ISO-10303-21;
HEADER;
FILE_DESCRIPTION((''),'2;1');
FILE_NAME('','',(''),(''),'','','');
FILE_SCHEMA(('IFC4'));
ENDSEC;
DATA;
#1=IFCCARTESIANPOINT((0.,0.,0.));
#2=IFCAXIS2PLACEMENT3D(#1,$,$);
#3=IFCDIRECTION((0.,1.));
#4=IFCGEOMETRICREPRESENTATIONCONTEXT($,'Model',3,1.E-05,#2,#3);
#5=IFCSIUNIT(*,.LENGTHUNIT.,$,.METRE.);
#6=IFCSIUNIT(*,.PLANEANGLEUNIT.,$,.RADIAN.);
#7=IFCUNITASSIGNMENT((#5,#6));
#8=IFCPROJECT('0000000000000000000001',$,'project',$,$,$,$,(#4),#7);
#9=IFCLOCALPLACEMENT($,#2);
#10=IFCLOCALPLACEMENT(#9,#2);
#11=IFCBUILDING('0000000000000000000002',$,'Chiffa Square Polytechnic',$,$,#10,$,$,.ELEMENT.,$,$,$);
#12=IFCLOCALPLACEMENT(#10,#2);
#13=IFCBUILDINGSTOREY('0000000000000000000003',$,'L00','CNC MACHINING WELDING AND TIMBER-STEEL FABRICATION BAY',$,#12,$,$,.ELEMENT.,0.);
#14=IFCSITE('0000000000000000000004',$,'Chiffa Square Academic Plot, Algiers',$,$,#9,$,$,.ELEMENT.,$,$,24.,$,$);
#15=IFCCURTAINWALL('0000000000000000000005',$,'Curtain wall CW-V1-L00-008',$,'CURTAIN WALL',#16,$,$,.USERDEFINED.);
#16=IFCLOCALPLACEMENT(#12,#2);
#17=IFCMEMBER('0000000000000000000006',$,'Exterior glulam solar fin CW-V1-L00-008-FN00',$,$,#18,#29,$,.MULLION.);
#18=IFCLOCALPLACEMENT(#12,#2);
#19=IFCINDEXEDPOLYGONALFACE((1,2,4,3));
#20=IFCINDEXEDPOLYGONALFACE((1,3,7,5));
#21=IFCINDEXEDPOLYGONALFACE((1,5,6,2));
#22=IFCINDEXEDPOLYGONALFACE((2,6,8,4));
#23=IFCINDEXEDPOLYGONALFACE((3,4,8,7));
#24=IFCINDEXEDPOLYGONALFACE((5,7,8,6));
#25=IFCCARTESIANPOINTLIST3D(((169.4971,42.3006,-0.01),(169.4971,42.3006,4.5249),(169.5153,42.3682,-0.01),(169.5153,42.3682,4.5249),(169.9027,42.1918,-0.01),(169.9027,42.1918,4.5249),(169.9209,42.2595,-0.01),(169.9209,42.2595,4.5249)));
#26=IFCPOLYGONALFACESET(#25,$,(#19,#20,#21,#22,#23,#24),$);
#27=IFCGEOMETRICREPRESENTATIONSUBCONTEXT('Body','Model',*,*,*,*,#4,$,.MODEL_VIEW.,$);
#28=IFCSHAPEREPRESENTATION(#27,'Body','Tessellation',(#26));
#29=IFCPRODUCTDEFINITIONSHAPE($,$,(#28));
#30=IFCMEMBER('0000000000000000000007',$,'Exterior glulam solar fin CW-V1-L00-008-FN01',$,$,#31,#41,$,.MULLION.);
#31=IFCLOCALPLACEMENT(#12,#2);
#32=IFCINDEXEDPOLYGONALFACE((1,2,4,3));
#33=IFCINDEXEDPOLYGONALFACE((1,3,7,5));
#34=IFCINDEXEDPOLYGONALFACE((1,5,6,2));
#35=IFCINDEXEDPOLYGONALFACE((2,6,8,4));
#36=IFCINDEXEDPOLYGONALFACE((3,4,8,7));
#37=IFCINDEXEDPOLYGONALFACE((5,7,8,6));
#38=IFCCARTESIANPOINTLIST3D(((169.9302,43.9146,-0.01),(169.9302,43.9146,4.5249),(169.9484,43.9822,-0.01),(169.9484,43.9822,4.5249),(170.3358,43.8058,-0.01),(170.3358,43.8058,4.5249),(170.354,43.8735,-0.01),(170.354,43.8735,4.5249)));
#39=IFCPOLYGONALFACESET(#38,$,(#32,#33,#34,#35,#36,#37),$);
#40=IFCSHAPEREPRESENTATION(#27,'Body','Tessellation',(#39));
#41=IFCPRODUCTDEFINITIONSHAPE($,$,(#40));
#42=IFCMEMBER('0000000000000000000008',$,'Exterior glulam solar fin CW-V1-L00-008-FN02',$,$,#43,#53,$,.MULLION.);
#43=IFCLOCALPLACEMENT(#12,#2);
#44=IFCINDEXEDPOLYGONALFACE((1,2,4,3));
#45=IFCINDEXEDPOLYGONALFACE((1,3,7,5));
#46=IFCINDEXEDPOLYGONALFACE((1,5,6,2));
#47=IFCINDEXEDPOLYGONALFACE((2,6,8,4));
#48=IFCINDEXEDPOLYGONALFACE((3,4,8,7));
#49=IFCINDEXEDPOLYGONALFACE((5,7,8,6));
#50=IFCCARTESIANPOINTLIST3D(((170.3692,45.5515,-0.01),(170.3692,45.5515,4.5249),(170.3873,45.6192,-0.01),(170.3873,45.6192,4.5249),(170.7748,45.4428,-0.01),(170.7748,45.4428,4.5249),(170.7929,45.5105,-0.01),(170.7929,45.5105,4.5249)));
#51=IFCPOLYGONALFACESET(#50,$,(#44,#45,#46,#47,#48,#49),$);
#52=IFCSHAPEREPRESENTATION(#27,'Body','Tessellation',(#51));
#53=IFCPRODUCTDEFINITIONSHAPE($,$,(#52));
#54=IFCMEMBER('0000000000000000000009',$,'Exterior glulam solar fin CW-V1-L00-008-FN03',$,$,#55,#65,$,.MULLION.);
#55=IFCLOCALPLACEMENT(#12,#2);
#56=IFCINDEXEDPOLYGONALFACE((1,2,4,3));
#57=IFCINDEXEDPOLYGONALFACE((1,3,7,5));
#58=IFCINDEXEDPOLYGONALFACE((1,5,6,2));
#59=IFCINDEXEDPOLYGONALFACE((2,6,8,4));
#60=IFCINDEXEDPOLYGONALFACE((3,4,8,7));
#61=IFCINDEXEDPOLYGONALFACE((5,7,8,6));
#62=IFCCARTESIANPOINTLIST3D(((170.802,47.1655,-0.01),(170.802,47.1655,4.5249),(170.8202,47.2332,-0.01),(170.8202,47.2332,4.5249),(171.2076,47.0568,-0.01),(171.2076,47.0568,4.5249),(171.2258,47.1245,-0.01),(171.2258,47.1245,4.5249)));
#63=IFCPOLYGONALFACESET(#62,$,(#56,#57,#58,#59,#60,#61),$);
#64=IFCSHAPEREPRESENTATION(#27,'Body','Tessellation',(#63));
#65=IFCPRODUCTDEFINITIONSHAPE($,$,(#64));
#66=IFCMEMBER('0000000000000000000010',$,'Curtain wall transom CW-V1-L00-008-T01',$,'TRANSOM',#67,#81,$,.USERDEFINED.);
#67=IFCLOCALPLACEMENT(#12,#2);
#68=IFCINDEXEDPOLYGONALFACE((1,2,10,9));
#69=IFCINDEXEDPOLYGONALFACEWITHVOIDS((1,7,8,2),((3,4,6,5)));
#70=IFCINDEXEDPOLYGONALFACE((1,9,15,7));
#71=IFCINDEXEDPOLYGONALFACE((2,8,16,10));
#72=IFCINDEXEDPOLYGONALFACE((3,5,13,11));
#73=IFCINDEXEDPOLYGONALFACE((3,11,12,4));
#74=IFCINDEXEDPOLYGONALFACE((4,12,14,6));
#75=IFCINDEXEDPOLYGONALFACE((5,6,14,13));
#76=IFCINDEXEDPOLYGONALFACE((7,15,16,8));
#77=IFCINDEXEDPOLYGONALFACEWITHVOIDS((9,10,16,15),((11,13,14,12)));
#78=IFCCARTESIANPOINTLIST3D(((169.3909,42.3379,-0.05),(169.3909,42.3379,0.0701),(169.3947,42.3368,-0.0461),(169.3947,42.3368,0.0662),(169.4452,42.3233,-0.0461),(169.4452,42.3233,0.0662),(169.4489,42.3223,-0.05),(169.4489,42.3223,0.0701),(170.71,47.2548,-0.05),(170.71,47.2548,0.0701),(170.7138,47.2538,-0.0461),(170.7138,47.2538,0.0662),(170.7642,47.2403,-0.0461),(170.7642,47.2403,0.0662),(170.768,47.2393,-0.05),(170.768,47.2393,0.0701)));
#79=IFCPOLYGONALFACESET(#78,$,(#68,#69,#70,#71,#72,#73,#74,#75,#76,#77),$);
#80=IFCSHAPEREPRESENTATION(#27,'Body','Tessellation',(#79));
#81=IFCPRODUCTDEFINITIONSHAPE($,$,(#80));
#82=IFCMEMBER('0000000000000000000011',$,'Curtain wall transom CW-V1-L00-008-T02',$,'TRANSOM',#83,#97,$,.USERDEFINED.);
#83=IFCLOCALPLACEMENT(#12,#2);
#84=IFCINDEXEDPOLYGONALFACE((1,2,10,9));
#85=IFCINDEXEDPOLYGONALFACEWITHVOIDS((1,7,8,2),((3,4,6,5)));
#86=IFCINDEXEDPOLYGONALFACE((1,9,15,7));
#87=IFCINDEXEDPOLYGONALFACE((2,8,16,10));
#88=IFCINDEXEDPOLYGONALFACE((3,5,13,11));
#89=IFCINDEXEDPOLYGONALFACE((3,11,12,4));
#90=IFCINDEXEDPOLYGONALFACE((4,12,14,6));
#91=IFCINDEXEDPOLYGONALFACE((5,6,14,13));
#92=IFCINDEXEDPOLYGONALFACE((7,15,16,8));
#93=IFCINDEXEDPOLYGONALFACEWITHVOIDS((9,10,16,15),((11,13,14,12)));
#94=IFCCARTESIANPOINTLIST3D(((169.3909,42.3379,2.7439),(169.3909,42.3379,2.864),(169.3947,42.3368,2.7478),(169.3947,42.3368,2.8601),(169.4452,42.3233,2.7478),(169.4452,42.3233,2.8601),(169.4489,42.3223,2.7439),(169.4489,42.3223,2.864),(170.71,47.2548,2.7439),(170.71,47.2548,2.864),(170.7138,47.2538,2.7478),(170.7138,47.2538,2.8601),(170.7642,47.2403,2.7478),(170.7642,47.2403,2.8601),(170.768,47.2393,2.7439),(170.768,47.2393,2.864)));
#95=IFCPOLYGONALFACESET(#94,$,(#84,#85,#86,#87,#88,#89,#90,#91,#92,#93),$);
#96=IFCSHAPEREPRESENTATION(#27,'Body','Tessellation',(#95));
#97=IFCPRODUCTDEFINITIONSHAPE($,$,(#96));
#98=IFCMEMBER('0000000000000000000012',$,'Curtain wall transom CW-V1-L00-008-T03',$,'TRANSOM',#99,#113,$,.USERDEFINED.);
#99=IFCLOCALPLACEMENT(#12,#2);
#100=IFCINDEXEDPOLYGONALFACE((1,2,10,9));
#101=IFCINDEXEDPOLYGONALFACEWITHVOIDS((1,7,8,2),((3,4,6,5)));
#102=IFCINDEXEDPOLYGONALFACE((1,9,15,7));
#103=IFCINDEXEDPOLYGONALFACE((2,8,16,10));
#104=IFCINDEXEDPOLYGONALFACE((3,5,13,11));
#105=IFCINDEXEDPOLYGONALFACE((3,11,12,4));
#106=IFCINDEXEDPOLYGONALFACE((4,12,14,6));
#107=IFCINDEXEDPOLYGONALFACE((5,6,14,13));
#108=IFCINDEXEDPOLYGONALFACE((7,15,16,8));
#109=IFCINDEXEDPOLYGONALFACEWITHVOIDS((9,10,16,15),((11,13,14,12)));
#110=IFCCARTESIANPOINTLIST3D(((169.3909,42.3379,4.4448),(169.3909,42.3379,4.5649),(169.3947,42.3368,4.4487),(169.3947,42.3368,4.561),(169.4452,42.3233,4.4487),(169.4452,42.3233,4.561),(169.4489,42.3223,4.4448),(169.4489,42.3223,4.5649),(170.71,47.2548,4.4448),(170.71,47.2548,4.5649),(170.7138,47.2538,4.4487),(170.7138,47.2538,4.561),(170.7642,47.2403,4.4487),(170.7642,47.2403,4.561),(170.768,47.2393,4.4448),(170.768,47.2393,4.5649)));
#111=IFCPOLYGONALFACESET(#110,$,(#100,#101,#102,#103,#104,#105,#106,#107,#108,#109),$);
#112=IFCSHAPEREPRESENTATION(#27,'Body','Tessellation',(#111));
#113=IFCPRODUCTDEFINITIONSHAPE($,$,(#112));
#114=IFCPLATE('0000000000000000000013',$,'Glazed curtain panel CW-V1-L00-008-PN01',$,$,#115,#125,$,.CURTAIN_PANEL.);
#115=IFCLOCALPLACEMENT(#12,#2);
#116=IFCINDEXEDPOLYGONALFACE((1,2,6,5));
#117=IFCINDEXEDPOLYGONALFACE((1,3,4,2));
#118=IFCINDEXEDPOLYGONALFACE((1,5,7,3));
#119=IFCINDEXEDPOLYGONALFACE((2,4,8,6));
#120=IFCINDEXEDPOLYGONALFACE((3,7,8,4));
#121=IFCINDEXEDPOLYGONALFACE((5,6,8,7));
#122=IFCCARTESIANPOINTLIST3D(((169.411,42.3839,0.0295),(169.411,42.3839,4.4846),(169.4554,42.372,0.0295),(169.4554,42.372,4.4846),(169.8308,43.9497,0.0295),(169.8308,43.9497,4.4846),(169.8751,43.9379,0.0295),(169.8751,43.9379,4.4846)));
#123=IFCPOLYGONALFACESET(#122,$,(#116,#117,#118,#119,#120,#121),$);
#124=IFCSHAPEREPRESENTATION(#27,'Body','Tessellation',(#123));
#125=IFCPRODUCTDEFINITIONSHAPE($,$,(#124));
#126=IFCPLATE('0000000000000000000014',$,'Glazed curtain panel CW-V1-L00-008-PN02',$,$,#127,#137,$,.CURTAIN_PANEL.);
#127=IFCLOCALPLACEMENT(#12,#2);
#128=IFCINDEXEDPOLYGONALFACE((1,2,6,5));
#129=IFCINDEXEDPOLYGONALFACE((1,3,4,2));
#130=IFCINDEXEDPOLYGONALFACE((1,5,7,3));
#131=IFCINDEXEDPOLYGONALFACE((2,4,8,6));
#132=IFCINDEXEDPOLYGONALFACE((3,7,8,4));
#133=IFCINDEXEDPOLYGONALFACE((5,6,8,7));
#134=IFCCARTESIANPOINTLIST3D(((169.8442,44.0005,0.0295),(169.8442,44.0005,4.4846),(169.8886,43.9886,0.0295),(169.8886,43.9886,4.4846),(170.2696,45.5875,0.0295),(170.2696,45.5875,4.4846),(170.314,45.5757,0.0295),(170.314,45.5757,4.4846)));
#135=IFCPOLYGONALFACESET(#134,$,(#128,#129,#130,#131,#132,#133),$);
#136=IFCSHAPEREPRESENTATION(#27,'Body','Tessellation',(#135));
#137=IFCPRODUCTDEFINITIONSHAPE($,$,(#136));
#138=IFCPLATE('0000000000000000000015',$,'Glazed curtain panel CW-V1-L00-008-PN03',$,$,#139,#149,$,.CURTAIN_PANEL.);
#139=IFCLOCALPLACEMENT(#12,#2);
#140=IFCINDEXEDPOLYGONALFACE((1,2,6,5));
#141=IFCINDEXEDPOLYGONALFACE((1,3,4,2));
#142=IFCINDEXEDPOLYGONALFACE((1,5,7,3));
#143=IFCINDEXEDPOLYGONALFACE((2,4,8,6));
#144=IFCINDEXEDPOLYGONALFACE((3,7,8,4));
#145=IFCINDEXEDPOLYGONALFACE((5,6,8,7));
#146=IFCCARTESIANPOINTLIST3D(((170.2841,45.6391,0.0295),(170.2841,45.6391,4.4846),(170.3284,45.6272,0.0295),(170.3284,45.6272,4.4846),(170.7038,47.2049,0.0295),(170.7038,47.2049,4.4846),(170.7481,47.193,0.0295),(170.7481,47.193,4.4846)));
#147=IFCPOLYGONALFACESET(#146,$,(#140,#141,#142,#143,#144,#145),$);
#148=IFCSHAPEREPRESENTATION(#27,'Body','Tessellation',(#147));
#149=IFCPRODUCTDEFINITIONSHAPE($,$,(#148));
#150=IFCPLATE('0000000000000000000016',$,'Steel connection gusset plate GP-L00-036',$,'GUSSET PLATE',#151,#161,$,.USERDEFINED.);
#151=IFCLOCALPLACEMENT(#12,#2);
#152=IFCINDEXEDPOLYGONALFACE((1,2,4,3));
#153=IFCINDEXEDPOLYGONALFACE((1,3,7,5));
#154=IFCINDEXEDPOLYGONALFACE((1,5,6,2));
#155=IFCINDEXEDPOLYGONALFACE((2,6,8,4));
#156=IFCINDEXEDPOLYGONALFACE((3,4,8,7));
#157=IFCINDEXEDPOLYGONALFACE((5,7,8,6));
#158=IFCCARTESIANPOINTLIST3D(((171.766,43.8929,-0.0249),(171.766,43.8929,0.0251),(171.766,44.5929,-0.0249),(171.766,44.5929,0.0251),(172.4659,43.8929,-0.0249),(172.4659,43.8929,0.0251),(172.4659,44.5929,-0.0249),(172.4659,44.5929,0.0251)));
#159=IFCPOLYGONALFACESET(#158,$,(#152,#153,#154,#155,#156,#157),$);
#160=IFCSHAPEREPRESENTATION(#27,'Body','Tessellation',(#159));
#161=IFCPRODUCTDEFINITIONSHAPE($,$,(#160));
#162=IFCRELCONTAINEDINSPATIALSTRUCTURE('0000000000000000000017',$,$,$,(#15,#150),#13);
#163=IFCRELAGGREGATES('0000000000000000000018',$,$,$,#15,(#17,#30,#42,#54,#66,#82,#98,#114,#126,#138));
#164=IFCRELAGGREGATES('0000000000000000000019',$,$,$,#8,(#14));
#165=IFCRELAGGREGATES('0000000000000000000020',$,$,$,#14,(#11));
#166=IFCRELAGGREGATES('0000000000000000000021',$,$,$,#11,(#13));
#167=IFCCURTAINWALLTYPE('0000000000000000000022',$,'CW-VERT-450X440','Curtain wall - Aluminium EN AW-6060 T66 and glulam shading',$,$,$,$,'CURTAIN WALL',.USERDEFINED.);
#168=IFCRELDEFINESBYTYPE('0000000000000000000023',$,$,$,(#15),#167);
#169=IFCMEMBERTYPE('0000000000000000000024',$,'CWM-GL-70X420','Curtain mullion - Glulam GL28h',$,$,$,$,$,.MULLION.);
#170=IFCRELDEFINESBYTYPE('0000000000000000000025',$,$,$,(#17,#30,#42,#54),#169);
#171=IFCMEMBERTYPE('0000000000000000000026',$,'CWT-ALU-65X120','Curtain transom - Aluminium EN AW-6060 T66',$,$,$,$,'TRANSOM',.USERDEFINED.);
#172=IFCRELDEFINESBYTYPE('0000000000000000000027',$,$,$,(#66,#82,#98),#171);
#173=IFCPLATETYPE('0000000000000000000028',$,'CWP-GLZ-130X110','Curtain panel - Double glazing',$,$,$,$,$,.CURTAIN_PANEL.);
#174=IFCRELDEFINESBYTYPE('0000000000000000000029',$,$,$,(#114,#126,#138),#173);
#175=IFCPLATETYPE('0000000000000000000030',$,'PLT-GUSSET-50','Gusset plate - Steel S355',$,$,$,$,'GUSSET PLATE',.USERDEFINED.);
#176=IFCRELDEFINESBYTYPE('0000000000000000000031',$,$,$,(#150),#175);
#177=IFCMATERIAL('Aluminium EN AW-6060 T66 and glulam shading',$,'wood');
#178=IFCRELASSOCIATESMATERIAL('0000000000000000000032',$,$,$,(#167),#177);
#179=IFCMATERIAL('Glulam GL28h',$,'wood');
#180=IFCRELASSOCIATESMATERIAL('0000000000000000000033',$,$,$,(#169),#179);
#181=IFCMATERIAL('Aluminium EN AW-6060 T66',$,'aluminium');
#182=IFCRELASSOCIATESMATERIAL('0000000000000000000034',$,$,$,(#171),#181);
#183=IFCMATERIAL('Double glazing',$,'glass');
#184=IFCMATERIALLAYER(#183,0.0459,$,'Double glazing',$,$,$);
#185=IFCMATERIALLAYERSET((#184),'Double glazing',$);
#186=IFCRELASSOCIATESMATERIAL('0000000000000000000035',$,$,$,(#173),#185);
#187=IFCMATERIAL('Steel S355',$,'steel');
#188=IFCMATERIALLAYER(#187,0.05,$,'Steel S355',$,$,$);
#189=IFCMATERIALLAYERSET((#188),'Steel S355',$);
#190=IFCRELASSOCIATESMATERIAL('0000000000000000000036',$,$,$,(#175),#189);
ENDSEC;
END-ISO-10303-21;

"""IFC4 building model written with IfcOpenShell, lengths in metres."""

from ifc_helpers import new_model, si_unit, direction, frame, origin, origin_2d, place, context, subcontext, project, spatial, rectangle, hollow_rectangle, extrude, material, layer, layer_set, material_profile, profile_set, type_object, element, aggregate, save


model = new_model("IFC4")

# Units and contexts
model_context = context("Model", 3, precision=1e-05, world=origin(), true_north=direction((0.0, 1.0)))
body_context = subcontext(model_context, "Body", "Model", "MODEL_VIEW")
ifc_project = project(units=[si_unit("LENGTHUNIT", "METRE"), si_unit("PLANEANGLEUNIT", "RADIAN")], contexts=[model_context])

# Site, building, storey
site_placement = place(None, origin())
site = spatial("IfcSite", under=ifc_project, at=site_placement, Name="Chiffa Square Academic Plot, Algiers", CompositionType="ELEMENT", RefElevation=24.0)
building_placement = place(site_placement, origin())
building = spatial("IfcBuilding", under=site, at=building_placement, Name="Chiffa Square Polytechnic", CompositionType="ELEMENT")
storey_placement = place(building_placement, origin())
storey = spatial("IfcBuildingStorey", under=building, at=storey_placement, Name="L00", Description="CNC MACHINING WELDING AND TIMBER-STEEL FABRICATION BAY", CompositionType="ELEMENT", Elevation=0.0)

# Shared definitions
ifc_material_1 = material(Name="Steel S355", Category="steel")

# Curtain wall, members, plates
ifc_material_2 = material(Name="Aluminium EN AW-6060 T66 and glulam shading", Category="wood")
curtain_wall_type = type_object("IfcCurtainWallType", Name="CW-VERT-450X440", Description="Curtain wall - Aluminium EN AW-6060 T66 and glulam shading", ElementType="CURTAIN WALL", PredefinedType="USERDEFINED", material=ifc_material_2)
curtain_wall_placement = place(storey_placement, origin())
curtain_wall = element("IfcCurtainWall", 1, at=curtain_wall_placement, inside=storey, type_object=curtain_wall_type, Name="Curtain wall CW-V1-L00-008", ObjectType="CURTAIN WALL", PredefinedType="USERDEFINED")
ifc_material_3 = material(Name="Aluminium EN AW-6060 T66", Category="aluminium")
ifc_material_4 = material(Name="Glulam GL28h", Category="wood")
ifc_material_profile_1 = material_profile(ifc_material_4, rectangle(XDim=0.0701, YDim=0.4199, at=origin_2d()), Name="GL28h 70x420")
ifc_profile_set_1 = profile_set([ifc_material_profile_1], Name="Glulam GL28h")
member_type_1 = type_object("IfcMemberType", Name="CWM-GL-70X420", Description="Curtain mullion - Glulam GL28h", PredefinedType="MULLION", material=ifc_profile_set_1)
member_1_placement = place(storey_placement, frame((169.709, 42.28, -0.01), z_axis=(0.0, 0.0, 1.0), x_axis=(0.25892, 0.965899, 0.0)))
member_1 = element("IfcMember", 2, at=member_1_placement, type_object=member_type_1, Name="Exterior glulam solar fin CW-V1-L00-008-FN00", PredefinedType="MULLION", context=body_context, shape_type="SweptSolid", body=[
    extrude(rectangle(XDim=0.0701, YDim=0.4199, at=origin_2d()), origin(), (0.0, 0.0, 1.0), 4.5349),
])
member_2_placement = place(storey_placement, frame((170.1421, 43.894, -0.01), z_axis=(0.0, 0.0, 1.0), x_axis=(0.25892, 0.965899, 0.0)))
member_2 = element("IfcMember", 3, at=member_2_placement, type_object=member_type_1, Name="Exterior glulam solar fin CW-V1-L00-008-FN01", PredefinedType="MULLION", context=body_context, shape_type="SweptSolid", body=[
    extrude(rectangle(XDim=0.0701, YDim=0.4199, at=origin_2d()), origin(), (0.0, 0.0, 1.0), 4.5349),
])
member_3_placement = place(storey_placement, frame((170.5811, 45.531, -0.01), z_axis=(0.0, 0.0, 1.0), x_axis=(0.25892, 0.965899, 0.0)))
member_3 = element("IfcMember", 4, at=member_3_placement, type_object=member_type_1, Name="Exterior glulam solar fin CW-V1-L00-008-FN02", PredefinedType="MULLION", context=body_context, shape_type="SweptSolid", body=[
    extrude(rectangle(XDim=0.0701, YDim=0.4199, at=origin_2d()), origin(), (0.0, 0.0, 1.0), 4.5349),
])
member_4_placement = place(storey_placement, frame((171.0139, 47.145, -0.01), z_axis=(0.0, 0.0, 1.0), x_axis=(0.25892, 0.965899, 0.0)))
member_4 = element("IfcMember", 5, at=member_4_placement, type_object=member_type_1, Name="Exterior glulam solar fin CW-V1-L00-008-FN03", PredefinedType="MULLION", context=body_context, shape_type="SweptSolid", body=[
    extrude(rectangle(XDim=0.0701, YDim=0.4199, at=origin_2d()), origin(), (0.0, 0.0, 1.0), 4.5349),
])
ifc_material_profile_2 = material_profile(ifc_material_3, hollow_rectangle(XDim=0.0601, YDim=0.1201, WallThickness=0.0039, at=origin_2d()), Name="ALU 60x120x4")
ifc_profile_set_2 = profile_set([ifc_material_profile_2], Name="Aluminium EN AW-6060 T66")
member_type_2 = type_object("IfcMemberType", Name="CWT-ALU-65X120", Description="Curtain transom - Aluminium EN AW-6060 T66", ElementType="TRANSOM", PredefinedType="USERDEFINED", material=ifc_profile_set_2)
member_5_placement = place(storey_placement, frame((169.4199, 42.3301, 0.01), z_axis=(0.25911, 0.965848, 0.0), x_axis=(-0.965848, 0.25911, 0.0)))
member_5 = element("IfcMember", 6, at=member_5_placement, type_object=member_type_2, Name="Curtain wall transom CW-V1-L00-008-T01", ObjectType="TRANSOM", PredefinedType="USERDEFINED", context=body_context, shape_type="SweptSolid", body=[
    extrude(hollow_rectangle(XDim=0.0601, YDim=0.1201, WallThickness=0.0039, at=origin_2d()), origin(), (0.0, 0.0, 1.0), 5.0908),
])
member_6_placement = place(storey_placement, frame((169.4199, 42.3301, 2.804), z_axis=(0.25911, 0.965848, 0.0), x_axis=(-0.965848, 0.25911, 0.0)))
member_6 = element("IfcMember", 7, at=member_6_placement, type_object=member_type_2, Name="Curtain wall transom CW-V1-L00-008-T02", ObjectType="TRANSOM", PredefinedType="USERDEFINED", context=body_context, shape_type="SweptSolid", body=[
    extrude(hollow_rectangle(XDim=0.0601, YDim=0.1201, WallThickness=0.0039, at=origin_2d()), origin(), (0.0, 0.0, 1.0), 5.0908),
])
member_7_placement = place(storey_placement, frame((169.4199, 42.3301, 4.5049), z_axis=(0.25911, 0.965848, 0.0), x_axis=(-0.965848, 0.25911, 0.0)))
member_7 = element("IfcMember", 8, at=member_7_placement, type_object=member_type_2, Name="Curtain wall transom CW-V1-L00-008-T03", ObjectType="TRANSOM", PredefinedType="USERDEFINED", context=body_context, shape_type="SweptSolid", body=[
    extrude(hollow_rectangle(XDim=0.0601, YDim=0.1201, WallThickness=0.0039, at=origin_2d()), origin(), (0.0, 0.0, 1.0), 5.0908),
])
ifc_material_5 = material(Name="Double glazing", Category="glass")
ifc_layer_1 = layer(ifc_material_5, 0.0459, Name="Double glazing")
ifc_layer_set_1 = layer_set([ifc_layer_1], Name="Double glazing")
plate_type_1 = type_object("IfcPlateType", Name="CWP-GLZ-130X110", Description="Curtain panel - Double glazing", PredefinedType="CURTAIN_PANEL", material=ifc_layer_set_1)
plate_1_placement = place(storey_placement, frame((169.6431, 43.1609, 0.0295), z_axis=(0.0, 0.0, 1.0), x_axis=(0.25892, 0.965899, 0.0)))
plate_1 = element("IfcPlate", 9, at=plate_1_placement, type_object=plate_type_1, Name="Glazed curtain panel CW-V1-L00-008-PN01", PredefinedType="CURTAIN_PANEL", context=body_context, shape_type="SweptSolid", body=[
    extrude(rectangle(XDim=1.6211, YDim=0.0459, at=origin_2d()), origin(), (0.0, 0.0, 1.0), 4.4551),
])
plate_2_placement = place(storey_placement, frame((170.0791, 44.7881, 0.0295), z_axis=(0.0, 0.0, 1.0), x_axis=(0.25892, 0.965899, 0.0)))
plate_2 = element("IfcPlate", 10, at=plate_2_placement, type_object=plate_type_1, Name="Glazed curtain panel CW-V1-L00-008-PN02", PredefinedType="CURTAIN_PANEL", context=body_context, shape_type="SweptSolid", body=[
    extrude(rectangle(XDim=1.6431, YDim=0.0459, at=origin_2d()), origin(), (0.0, 0.0, 1.0), 4.4551),
])
plate_3_placement = place(storey_placement, frame((170.5161, 46.416, 0.0295), z_axis=(0.0, 0.0, 1.0), x_axis=(0.25892, 0.965899, 0.0)))
plate_3 = element("IfcPlate", 11, at=plate_3_placement, type_object=plate_type_1, Name="Glazed curtain panel CW-V1-L00-008-PN03", PredefinedType="CURTAIN_PANEL", context=body_context, shape_type="SweptSolid", body=[
    extrude(rectangle(XDim=1.6211, YDim=0.0459, at=origin_2d()), origin(), (0.0, 0.0, 1.0), 4.4551),
])
aggregate(curtain_wall, [member_1, member_2, member_3, member_4, member_5, member_6, member_7, plate_1, plate_2, plate_3])

# Plate
ifc_layer_2 = layer(ifc_material_1, 0.05, Name="Steel S355")
ifc_layer_set_2 = layer_set([ifc_layer_2], Name="Steel S355")
plate_type_2 = type_object("IfcPlateType", Name="PLT-GUSSET-50", Description="Gusset plate - Steel S355", ElementType="GUSSET PLATE", PredefinedType="USERDEFINED", material=ifc_layer_set_2)
plate_4_placement = place(storey_placement, frame((172.116, 44.2429, -0.0249), z_axis=(0.0, 0.0, 1.0), x_axis=(1.0, 0.0, 0.0)))
element("IfcPlate", 12, at=plate_4_placement, inside=storey, type_object=plate_type_2, Name="Steel connection gusset plate GP-L00-036", ObjectType="GUSSET PLATE", PredefinedType="USERDEFINED", context=body_context, shape_type="SweptSolid", body=[
    extrude(rectangle(XDim=0.7, YDim=0.7, at=origin_2d()), origin(), (0.0, 0.0, 1.0), 0.05),
])

save(model, "model.ifc")
